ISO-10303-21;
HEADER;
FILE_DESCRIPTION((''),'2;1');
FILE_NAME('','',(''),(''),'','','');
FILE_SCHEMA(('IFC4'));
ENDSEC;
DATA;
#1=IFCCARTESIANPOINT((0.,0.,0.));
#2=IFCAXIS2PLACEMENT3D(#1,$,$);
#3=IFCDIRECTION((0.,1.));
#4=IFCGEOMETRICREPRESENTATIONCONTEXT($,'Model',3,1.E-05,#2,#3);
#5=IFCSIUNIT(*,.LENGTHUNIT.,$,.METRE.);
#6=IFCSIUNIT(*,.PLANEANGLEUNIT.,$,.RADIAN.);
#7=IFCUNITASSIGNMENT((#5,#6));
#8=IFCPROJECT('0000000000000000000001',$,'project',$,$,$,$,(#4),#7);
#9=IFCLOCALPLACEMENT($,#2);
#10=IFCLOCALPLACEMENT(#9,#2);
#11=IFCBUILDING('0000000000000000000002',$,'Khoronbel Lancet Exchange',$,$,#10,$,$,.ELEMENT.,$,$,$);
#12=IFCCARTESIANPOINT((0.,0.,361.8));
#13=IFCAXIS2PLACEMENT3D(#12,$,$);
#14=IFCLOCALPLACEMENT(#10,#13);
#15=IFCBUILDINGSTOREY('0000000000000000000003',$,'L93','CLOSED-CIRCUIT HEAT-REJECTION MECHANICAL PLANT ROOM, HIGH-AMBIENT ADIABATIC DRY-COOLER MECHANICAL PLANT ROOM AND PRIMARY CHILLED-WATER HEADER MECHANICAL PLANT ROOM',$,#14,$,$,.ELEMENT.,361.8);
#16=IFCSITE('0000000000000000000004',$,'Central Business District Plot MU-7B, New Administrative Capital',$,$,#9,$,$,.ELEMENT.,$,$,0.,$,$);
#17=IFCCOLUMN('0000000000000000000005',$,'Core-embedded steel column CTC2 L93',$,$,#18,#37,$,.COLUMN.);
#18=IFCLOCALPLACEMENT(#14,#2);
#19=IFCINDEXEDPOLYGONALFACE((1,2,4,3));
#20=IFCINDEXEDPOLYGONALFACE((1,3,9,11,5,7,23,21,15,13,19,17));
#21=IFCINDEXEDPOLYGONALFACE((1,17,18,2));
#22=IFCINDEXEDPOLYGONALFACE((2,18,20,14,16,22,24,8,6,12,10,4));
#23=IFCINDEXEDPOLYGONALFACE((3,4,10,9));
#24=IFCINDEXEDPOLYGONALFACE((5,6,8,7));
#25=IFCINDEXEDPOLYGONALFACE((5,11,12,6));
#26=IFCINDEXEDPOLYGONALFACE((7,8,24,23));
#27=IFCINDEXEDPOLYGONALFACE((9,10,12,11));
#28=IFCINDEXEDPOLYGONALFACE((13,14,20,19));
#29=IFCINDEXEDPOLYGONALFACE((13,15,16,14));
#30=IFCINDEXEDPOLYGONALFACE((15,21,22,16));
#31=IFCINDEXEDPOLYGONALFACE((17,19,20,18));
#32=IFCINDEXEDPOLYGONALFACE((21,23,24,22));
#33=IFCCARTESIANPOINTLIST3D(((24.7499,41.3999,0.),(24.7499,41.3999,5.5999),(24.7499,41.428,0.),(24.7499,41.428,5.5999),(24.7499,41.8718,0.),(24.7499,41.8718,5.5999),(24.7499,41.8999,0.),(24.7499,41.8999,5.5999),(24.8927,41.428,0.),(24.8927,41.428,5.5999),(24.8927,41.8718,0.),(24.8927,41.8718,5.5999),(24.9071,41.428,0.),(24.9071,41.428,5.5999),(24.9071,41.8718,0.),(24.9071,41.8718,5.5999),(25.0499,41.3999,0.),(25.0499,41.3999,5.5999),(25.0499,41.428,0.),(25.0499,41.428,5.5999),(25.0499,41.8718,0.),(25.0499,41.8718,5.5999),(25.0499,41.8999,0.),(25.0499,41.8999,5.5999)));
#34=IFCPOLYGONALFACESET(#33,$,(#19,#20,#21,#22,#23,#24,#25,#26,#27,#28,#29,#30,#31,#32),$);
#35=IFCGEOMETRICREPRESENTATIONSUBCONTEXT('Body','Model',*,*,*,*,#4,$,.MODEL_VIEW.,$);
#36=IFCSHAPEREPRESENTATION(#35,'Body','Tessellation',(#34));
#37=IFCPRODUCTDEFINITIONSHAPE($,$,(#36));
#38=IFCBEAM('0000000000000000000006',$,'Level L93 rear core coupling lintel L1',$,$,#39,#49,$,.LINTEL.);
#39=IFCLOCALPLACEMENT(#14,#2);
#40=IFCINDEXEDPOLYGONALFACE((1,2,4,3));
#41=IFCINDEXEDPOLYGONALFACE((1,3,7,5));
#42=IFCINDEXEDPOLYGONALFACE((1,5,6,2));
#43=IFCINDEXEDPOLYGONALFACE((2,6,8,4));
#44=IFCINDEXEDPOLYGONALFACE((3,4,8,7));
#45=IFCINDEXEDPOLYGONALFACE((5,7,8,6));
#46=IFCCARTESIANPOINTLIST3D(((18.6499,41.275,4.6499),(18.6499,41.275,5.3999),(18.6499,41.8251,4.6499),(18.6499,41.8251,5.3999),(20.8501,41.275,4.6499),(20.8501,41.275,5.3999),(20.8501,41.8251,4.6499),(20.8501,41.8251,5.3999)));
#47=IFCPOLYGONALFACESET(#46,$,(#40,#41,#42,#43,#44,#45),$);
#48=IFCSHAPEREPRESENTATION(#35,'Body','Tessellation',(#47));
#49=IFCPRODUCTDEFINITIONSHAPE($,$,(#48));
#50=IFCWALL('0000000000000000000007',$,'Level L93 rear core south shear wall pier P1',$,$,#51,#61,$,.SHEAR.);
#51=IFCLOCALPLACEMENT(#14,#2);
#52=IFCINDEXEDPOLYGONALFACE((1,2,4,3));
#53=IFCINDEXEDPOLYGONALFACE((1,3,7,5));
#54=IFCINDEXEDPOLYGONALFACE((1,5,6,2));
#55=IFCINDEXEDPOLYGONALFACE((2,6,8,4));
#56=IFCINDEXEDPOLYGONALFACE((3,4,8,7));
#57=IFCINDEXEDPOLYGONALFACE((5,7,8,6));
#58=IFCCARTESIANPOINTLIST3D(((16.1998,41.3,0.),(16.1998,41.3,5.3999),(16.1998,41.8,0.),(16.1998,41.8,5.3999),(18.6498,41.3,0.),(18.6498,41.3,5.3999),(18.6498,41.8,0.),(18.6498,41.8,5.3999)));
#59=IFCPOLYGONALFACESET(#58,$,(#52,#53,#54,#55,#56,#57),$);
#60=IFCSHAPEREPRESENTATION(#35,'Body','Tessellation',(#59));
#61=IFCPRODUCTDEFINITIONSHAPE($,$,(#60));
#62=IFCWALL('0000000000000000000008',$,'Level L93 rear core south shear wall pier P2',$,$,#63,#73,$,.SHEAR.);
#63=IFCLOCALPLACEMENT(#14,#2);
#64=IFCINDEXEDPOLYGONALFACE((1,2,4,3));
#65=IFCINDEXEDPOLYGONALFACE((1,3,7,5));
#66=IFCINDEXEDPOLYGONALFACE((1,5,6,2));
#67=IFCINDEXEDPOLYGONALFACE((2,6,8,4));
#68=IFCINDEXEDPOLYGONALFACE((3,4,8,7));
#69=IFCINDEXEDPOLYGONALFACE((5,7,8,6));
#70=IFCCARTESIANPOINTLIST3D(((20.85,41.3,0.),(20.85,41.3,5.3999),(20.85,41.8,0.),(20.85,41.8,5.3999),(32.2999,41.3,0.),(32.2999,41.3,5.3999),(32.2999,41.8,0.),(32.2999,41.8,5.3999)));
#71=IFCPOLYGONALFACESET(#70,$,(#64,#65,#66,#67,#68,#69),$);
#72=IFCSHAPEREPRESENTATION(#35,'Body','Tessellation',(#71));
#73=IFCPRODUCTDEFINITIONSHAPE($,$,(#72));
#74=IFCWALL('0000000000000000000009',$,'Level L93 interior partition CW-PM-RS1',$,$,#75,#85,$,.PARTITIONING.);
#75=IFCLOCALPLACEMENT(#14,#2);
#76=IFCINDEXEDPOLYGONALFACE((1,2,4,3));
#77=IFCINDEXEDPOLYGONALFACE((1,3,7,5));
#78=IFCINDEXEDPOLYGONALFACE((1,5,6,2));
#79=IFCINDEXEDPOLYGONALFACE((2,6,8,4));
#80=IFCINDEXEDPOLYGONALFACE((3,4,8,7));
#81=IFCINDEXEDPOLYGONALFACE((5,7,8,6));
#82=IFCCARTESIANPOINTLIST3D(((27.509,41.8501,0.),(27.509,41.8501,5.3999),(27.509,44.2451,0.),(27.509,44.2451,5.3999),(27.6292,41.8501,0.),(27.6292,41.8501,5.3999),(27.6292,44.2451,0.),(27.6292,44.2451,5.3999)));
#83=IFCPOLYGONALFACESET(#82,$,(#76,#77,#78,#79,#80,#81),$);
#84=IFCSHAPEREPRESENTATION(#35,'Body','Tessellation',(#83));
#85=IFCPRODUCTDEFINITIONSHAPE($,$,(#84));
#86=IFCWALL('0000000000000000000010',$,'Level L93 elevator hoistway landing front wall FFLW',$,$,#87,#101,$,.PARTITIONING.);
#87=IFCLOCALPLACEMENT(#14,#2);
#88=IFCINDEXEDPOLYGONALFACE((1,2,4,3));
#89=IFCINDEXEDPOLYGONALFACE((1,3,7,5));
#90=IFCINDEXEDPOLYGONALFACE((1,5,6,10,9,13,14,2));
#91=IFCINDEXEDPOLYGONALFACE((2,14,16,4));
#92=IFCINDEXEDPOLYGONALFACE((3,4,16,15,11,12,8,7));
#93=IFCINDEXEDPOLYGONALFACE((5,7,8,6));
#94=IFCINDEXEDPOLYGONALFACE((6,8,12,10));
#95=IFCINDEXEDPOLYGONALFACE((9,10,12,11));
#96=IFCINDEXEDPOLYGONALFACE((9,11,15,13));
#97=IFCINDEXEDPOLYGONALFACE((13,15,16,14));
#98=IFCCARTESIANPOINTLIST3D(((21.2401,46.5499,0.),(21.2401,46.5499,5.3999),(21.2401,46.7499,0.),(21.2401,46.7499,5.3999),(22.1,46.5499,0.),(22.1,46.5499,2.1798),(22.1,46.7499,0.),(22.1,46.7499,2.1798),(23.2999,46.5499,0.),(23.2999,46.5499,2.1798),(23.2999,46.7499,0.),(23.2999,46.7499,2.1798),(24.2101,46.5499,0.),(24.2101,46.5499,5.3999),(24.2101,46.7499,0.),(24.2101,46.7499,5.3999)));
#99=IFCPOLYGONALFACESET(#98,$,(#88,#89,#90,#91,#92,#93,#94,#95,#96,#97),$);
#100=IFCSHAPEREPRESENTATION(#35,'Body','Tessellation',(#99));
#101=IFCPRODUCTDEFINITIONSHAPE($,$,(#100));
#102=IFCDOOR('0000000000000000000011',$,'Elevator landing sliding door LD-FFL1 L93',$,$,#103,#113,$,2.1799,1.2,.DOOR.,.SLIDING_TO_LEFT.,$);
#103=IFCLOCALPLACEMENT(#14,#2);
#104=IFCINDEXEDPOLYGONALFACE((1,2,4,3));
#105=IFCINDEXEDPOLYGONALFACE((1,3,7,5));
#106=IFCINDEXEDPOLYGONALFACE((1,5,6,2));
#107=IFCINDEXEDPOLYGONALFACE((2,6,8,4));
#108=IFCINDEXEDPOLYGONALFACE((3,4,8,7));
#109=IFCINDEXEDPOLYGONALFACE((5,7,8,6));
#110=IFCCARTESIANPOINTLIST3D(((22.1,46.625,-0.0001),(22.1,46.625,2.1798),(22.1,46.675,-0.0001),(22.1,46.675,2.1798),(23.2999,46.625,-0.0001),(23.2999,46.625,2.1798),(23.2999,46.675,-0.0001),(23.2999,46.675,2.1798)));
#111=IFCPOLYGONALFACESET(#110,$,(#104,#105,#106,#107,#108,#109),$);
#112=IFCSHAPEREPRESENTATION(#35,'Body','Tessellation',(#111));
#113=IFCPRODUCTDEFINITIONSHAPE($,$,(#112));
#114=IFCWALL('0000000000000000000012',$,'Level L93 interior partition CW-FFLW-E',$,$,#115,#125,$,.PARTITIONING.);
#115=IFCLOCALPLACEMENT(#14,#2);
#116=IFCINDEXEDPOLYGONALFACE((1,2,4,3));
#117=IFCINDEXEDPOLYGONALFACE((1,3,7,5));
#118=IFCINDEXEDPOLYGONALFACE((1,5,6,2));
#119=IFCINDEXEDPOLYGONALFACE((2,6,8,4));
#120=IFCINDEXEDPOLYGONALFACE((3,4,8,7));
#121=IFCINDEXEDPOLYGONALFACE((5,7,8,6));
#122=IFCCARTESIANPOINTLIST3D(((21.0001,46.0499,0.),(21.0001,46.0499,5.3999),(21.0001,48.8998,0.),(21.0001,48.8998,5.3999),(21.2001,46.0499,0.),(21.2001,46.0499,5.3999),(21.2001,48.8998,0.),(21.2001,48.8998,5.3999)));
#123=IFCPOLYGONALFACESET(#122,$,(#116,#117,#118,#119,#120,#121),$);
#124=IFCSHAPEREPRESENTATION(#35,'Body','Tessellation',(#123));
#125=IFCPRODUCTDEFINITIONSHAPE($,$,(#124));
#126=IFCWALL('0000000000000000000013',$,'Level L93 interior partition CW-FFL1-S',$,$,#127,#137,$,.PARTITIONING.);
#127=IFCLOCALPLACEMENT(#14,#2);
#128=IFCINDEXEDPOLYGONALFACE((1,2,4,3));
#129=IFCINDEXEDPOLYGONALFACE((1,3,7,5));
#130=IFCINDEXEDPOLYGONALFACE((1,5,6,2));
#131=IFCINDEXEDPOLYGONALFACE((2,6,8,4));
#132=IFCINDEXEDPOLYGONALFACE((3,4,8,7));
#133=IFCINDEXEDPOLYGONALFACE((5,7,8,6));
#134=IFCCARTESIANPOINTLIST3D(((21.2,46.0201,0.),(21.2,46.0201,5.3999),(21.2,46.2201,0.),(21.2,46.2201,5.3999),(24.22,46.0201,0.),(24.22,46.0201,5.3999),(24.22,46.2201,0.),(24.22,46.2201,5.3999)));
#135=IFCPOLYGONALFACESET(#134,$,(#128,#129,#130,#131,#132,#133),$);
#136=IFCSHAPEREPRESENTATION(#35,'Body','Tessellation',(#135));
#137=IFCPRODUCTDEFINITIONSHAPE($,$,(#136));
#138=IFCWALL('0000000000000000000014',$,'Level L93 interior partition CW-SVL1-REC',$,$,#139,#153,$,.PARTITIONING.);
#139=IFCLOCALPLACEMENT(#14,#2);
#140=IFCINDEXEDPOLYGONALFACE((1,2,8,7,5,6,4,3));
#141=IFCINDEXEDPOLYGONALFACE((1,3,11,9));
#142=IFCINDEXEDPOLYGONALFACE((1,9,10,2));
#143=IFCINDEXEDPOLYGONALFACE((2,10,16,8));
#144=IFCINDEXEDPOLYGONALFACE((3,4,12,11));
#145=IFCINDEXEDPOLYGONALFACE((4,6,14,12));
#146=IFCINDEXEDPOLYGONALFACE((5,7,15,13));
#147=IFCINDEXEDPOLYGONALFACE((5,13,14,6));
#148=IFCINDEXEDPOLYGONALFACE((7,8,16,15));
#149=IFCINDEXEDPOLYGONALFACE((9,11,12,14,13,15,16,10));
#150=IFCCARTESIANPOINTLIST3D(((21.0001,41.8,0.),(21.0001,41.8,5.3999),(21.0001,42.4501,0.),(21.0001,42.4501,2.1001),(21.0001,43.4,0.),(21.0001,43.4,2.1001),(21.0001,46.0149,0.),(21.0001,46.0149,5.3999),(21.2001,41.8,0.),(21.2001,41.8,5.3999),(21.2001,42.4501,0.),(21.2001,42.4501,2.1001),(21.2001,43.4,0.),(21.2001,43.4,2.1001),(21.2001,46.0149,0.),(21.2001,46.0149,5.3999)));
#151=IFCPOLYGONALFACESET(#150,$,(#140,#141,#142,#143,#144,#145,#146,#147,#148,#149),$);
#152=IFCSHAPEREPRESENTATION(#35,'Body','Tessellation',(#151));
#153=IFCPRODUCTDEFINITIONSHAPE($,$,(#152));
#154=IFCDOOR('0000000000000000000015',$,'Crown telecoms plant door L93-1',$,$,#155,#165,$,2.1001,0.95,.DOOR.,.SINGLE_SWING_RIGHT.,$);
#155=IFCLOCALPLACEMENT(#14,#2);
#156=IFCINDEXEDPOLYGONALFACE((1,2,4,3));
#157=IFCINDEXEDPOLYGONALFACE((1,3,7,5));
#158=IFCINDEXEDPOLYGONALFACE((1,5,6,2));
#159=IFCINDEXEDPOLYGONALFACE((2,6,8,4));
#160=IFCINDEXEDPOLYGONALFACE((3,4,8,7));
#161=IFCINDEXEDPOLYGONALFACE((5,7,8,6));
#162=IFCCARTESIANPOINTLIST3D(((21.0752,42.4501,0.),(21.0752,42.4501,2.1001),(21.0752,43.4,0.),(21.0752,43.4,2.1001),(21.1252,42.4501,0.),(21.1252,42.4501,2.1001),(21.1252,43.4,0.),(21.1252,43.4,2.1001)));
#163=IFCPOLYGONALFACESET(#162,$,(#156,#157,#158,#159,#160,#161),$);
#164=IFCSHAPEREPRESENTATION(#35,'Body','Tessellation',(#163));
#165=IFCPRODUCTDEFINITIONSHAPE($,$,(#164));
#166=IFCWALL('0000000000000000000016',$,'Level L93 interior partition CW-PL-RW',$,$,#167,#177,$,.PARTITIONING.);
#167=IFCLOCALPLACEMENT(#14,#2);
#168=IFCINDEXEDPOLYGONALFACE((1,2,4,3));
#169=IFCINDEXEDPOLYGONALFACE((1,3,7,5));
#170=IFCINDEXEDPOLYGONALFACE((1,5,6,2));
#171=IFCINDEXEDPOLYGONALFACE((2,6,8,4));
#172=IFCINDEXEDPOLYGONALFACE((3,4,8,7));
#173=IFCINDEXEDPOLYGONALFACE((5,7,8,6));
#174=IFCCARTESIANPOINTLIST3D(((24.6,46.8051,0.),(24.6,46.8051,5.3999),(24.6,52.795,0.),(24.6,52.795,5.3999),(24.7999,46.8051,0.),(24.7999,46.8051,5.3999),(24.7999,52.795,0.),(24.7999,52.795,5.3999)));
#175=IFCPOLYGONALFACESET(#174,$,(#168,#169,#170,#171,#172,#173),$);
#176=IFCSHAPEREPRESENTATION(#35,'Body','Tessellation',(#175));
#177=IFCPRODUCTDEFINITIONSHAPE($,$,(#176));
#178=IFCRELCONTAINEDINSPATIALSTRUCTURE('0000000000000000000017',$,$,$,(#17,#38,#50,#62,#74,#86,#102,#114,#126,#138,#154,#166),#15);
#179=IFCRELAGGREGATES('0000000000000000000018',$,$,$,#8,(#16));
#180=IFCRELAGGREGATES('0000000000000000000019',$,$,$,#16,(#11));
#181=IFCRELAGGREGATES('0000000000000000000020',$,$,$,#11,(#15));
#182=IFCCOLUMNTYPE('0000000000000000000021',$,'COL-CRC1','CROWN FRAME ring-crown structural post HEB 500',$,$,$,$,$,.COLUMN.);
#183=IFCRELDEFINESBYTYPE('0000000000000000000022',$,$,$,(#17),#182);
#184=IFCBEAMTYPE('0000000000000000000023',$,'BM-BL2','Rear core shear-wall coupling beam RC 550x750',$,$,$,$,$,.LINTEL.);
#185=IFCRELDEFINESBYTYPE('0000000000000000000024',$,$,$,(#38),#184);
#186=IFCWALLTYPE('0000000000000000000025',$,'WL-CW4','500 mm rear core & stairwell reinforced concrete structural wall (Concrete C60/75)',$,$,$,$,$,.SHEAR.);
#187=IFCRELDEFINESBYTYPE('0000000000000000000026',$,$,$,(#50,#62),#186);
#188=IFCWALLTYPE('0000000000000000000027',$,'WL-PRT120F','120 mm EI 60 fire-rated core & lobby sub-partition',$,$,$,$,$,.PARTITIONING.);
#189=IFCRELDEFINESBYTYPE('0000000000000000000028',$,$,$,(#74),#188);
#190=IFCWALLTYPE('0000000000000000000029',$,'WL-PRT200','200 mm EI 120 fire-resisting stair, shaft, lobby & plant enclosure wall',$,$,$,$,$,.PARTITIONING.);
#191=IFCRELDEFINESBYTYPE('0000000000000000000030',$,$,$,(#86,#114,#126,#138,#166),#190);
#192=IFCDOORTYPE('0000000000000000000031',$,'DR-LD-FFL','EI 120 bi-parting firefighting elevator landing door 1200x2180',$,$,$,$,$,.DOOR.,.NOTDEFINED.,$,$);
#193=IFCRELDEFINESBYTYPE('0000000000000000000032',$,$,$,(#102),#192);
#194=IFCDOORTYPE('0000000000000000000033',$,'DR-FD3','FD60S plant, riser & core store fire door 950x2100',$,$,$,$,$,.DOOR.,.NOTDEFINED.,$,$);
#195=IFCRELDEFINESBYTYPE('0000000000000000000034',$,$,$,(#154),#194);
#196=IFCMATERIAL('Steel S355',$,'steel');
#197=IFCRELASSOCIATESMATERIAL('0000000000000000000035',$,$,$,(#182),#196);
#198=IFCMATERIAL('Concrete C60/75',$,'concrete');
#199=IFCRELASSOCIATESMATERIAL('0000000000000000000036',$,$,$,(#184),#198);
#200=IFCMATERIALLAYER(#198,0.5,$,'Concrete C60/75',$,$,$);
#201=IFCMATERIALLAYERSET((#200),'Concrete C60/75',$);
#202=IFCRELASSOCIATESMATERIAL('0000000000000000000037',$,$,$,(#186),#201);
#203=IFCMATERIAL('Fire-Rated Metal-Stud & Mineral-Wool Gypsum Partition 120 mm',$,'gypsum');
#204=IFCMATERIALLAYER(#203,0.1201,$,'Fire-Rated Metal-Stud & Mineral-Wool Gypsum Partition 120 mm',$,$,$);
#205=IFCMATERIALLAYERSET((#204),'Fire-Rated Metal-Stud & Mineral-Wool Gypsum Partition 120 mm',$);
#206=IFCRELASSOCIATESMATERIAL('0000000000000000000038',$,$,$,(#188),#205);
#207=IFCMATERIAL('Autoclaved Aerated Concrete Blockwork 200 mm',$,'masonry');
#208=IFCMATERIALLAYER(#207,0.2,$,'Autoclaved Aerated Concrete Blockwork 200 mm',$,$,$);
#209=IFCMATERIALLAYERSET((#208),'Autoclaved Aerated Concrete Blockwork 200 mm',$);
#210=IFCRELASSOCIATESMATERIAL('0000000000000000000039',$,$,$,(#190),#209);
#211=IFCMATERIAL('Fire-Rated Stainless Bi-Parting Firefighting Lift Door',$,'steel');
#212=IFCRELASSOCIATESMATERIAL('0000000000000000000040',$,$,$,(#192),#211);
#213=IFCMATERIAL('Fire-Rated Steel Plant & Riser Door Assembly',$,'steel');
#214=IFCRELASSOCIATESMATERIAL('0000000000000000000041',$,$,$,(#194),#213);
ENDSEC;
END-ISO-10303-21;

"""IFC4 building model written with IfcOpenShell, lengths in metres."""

from ifc_helpers import new_model, si_unit, direction, frame, frame_2d, origin, origin_2d, place, context, subcontext, project, spatial, rectangle, i_section, extrude, material, layer, layer_set, material_profile, profile_set, type_object, element, fill, save


model = new_model("IFC4")

# Units and contexts
model_context = context("Model", 3, precision=1e-05, world=origin(), true_north=direction((0.0, 1.0)))
body_context = subcontext(model_context, "Body", "Model", "MODEL_VIEW")
ifc_project = project(units=[si_unit("LENGTHUNIT", "METRE"), si_unit("PLANEANGLEUNIT", "RADIAN")], contexts=[model_context])

# Site, building, storey
site_placement = place(None, origin())
site = spatial("IfcSite", under=ifc_project, at=site_placement, Name="Central Business District Plot MU-7B, New Administrative Capital", CompositionType="ELEMENT", RefElevation=0.0)
building_placement = place(site_placement, origin())
building = spatial("IfcBuilding", under=site, at=building_placement, Name="Khoronbel Lancet Exchange", CompositionType="ELEMENT")
storey_placement = place(building_placement, frame((0.0, 0.0, 361.8)))
storey = spatial("IfcBuildingStorey", under=building, at=storey_placement, Name="L93", Description="CLOSED-CIRCUIT HEAT-REJECTION MECHANICAL PLANT ROOM, HIGH-AMBIENT ADIABATIC DRY-COOLER MECHANICAL PLANT ROOM AND PRIMARY CHILLED-WATER HEADER MECHANICAL PLANT ROOM", CompositionType="ELEMENT", Elevation=361.8)

# Column
ifc_material_1 = material(Name="Steel S355", Category="steel")
ifc_material_profile_1 = material_profile(ifc_material_1, i_section(OverallWidth=0.3, OverallDepth=0.5, WebThickness=0.0144, FlangeThickness=0.0281, at=origin_2d()), Name="HEB 500")
ifc_profile_set_1 = profile_set([ifc_material_profile_1], Name="Steel S355")
column_type = type_object("IfcColumnType", Name="COL-CRC1", Description="CROWN FRAME ring-crown structural post HEB 500", PredefinedType="COLUMN", material=ifc_profile_set_1)
column_placement = place(storey_placement, frame((24.8999, 41.6499, 0.0), z_axis=(0.0, 0.0, 1.0), x_axis=(1.0, 0.0, 0.0)))
element("IfcColumn", 1, at=column_placement, inside=storey, type_object=column_type, Name="Core-embedded steel column CTC2 L93", PredefinedType="COLUMN", context=body_context, shape_type="SweptSolid", body=[
    extrude(i_section(OverallWidth=0.3, OverallDepth=0.5, WebThickness=0.0144, FlangeThickness=0.0281, at=origin_2d()), origin(), (0.0, 0.0, 1.0), 5.5999),
])

# Beam
ifc_material_2 = material(Name="Concrete C60/75", Category="concrete")
ifc_material_profile_2 = material_profile(ifc_material_2, rectangle(XDim=0.55, YDim=0.75, at=origin_2d()), Name="RC 550x750")
ifc_profile_set_2 = profile_set([ifc_material_profile_2], Name="Concrete C60/75")
beam_type = type_object("IfcBeamType", Name="BM-BL2", Description="Rear core shear-wall coupling beam RC 550x750", PredefinedType="LINTEL", material=ifc_profile_set_2)
beam_placement = place(storey_placement, frame((18.6499, 41.55, 5.0249), z_axis=(1.0, 0.0, 0.0), x_axis=(0.0, 1.0, 0.0)))
element("IfcBeam", 2, at=beam_placement, inside=storey, type_object=beam_type, Name="Level L93 rear core coupling lintel L1", PredefinedType="LINTEL", context=body_context, shape_type="SweptSolid", body=[
    extrude(rectangle(XDim=0.55, YDim=0.75, at=origin_2d()), origin(), (0.0, 0.0, 1.0), 2.2002),
])

# Walls
ifc_layer_1 = layer(ifc_material_2, 0.5, Name="Concrete C60/75")
ifc_layer_set_1 = layer_set([ifc_layer_1], Name="Concrete C60/75")
wall_type_1 = type_object("IfcWallType", Name="WL-CW4", Description="500 mm rear core & stairwell reinforced concrete structural wall (Concrete C60/75)", PredefinedType="SHEAR", material=ifc_layer_set_1)
wall_1_placement = place(storey_placement, frame((18.6499, 41.55, 0.0), z_axis=(0.0, 0.0, 1.0), x_axis=(-1.0, 0.0, 0.0)))
element("IfcWall", 3, at=wall_1_placement, inside=storey, type_object=wall_type_1, Name="Level L93 rear core south shear wall pier P1", PredefinedType="SHEAR", context=body_context, shape_type="SweptSolid", body=[
    extrude(rectangle(XDim=2.45, YDim=0.5, at=frame_2d((1.2251, 0.0))), origin(), (0.0, 0.0, 1.0), 5.3999),
])
wall_2_placement = place(storey_placement, frame((32.3, 41.55, 0.0), z_axis=(0.0, 0.0, 1.0), x_axis=(-1.0, 0.0, 0.0)))
element("IfcWall", 4, at=wall_2_placement, inside=storey, type_object=wall_type_1, Name="Level L93 rear core south shear wall pier P2", PredefinedType="SHEAR", context=body_context, shape_type="SweptSolid", body=[
    extrude(rectangle(XDim=11.45, YDim=0.5, at=frame_2d((5.7251, 0.0))), origin(), (0.0, 0.0, 1.0), 5.3999),
])
ifc_material_3 = material(Name="Fire-Rated Metal-Stud & Mineral-Wool Gypsum Partition 120 mm", Category="gypsum")
ifc_layer_2 = layer(ifc_material_3, 0.1201, Name="Fire-Rated Metal-Stud & Mineral-Wool Gypsum Partition 120 mm")
ifc_layer_set_2 = layer_set([ifc_layer_2], Name="Fire-Rated Metal-Stud & Mineral-Wool Gypsum Partition 120 mm")
wall_type_2 = type_object("IfcWallType", Name="WL-PRT120F", Description="120 mm EI 60 fire-rated core & lobby sub-partition", PredefinedType="PARTITIONING", material=ifc_layer_set_2)
wall_3_placement = place(storey_placement, frame((27.5691, 41.8501, 0.0), z_axis=(0.0, 0.0, 1.0), x_axis=(0.0, 1.0, 0.0)))
element("IfcWall", 5, at=wall_3_placement, inside=storey, type_object=wall_type_2, Name="Level L93 interior partition CW-PM-RS1", PredefinedType="PARTITIONING", context=body_context, shape_type="SweptSolid", body=[
    extrude(rectangle(XDim=2.395, YDim=0.1201, at=frame_2d((1.1975, 0.0))), origin(), (0.0, 0.0, 1.0), 5.3999),
])

# Wall, opening, door
ifc_material_4 = material(Name="Autoclaved Aerated Concrete Blockwork 200 mm", Category="masonry")
ifc_layer_3 = layer(ifc_material_4, 0.2, Name="Autoclaved Aerated Concrete Blockwork 200 mm")
ifc_layer_set_3 = layer_set([ifc_layer_3], Name="Autoclaved Aerated Concrete Blockwork 200 mm")
wall_type_3 = type_object("IfcWallType", Name="WL-PRT200", Description="200 mm EI 120 fire-resisting stair, shaft, lobby & plant enclosure wall", PredefinedType="PARTITIONING", material=ifc_layer_set_3)
wall_4_placement = place(storey_placement, frame((24.21, 46.6499, 0.0), z_axis=(0.0, 0.0, 1.0), x_axis=(-1.0, 0.0, 0.0)))
wall_4 = element("IfcWall", 6, at=wall_4_placement, inside=storey, type_object=wall_type_3, Name="Level L93 elevator hoistway landing front wall FFLW", PredefinedType="PARTITIONING", context=body_context, shape_type="SweptSolid", body=[
    extrude(rectangle(XDim=2.97, YDim=0.2, at=frame_2d((1.4849, 0.0))), origin(), (0.0, 0.0, 1.0), 5.3999),
])
opening_1_placement = place(wall_4_placement, frame((0.9099, 0.0, 0.0)))
opening_1 = element("IfcOpeningElement", 7, at=opening_1_placement, cuts=wall_4, PredefinedType="OPENING", context=body_context, shape_type="SweptSolid", body=[
    extrude(rectangle(XDim=1.2, YDim=2.1799, at=frame_2d((0.6001, 1.0898))), frame((0.0, 0.1099, 0.0), z_axis=(0.0, -1.0, 0.0), x_axis=(1.0, 0.0, 0.0)), (0.0, 0.0, 1.0), 0.22),
])
ifc_material_5 = material(Name="Fire-Rated Stainless Bi-Parting Firefighting Lift Door", Category="steel")
door_type_1 = type_object("IfcDoorType", Name="DR-LD-FFL", Description="EI 120 bi-parting firefighting elevator landing door 1200x2180", OperationType="NOTDEFINED", PredefinedType="DOOR", material=ifc_material_5)
door_1_placement = place(opening_1_placement, origin())
door_1 = element("IfcDoor", 8, at=door_1_placement, inside=storey, type_object=door_type_1, Name="Elevator landing sliding door LD-FFL1 L93", OperationType="SLIDING_TO_LEFT", OverallHeight=2.1799, OverallWidth=1.2, PredefinedType="DOOR", context=body_context, shape_type="SweptSolid", body=[
    extrude(rectangle(XDim=1.2, YDim=2.1799, at=frame_2d((0.6001, 1.0898))), frame((0.0, 0.0249, 0.0), z_axis=(0.0, -1.0, 0.0), x_axis=(1.0, 0.0, 0.0)), (0.0, 0.0, 1.0), 0.05),
])
fill(opening_1, door_1)

# Walls
wall_5_placement = place(storey_placement, frame((21.1001, 46.05, 0.0), z_axis=(0.0, 0.0, 1.0), x_axis=(0.0, 1.0, 0.0)))
element("IfcWall", 9, at=wall_5_placement, inside=storey, type_object=wall_type_3, Name="Level L93 interior partition CW-FFLW-E", PredefinedType="PARTITIONING", context=body_context, shape_type="SweptSolid", body=[
    extrude(rectangle(XDim=2.8499, YDim=0.2, at=frame_2d((1.4248, 0.0))), origin(), (0.0, 0.0, 1.0), 5.3999),
])
wall_6_placement = place(storey_placement, frame((21.2, 46.1201, 0.0), z_axis=(0.0, 0.0, 1.0), x_axis=(1.0, 0.0, 0.0)))
element("IfcWall", 10, at=wall_6_placement, inside=storey, type_object=wall_type_3, Name="Level L93 interior partition CW-FFL1-S", PredefinedType="PARTITIONING", context=body_context, shape_type="SweptSolid", body=[
    extrude(rectangle(XDim=3.02, YDim=0.2, at=frame_2d((1.51, 0.0))), origin(), (0.0, 0.0, 1.0), 5.3999),
])

# Wall, opening, door
wall_7_placement = place(storey_placement, frame((21.1001, 41.8, 0.0), z_axis=(0.0, 0.0, 1.0), x_axis=(0.0, 1.0, 0.0)))
wall_7 = element("IfcWall", 11, at=wall_7_placement, inside=storey, type_object=wall_type_3, Name="Level L93 interior partition CW-SVL1-REC", PredefinedType="PARTITIONING", context=body_context, shape_type="SweptSolid", body=[
    extrude(rectangle(XDim=4.2148, YDim=0.2, at=frame_2d((2.1074, 0.0))), origin(), (0.0, 0.0, 1.0), 5.3999),
])
opening_2_placement = place(wall_7_placement, frame((0.6499, 0.0, 0.0)))
opening_2 = element("IfcOpeningElement", 12, at=opening_2_placement, cuts=wall_7, PredefinedType="OPENING", context=body_context, shape_type="SweptSolid", body=[
    extrude(rectangle(XDim=0.95, YDim=2.1001, at=frame_2d((0.4751, 1.05))), frame((0.0, 0.1099, 0.0), z_axis=(0.0, -1.0, 0.0), x_axis=(1.0, 0.0, 0.0)), (0.0, 0.0, 1.0), 0.22),
])
ifc_material_6 = material(Name="Fire-Rated Steel Plant & Riser Door Assembly", Category="steel")
door_type_2 = type_object("IfcDoorType", Name="DR-FD3", Description="FD60S plant, riser & core store fire door 950x2100", OperationType="NOTDEFINED", PredefinedType="DOOR", material=ifc_material_6)
door_2_placement = place(opening_2_placement, origin())
door_2 = element("IfcDoor", 13, at=door_2_placement, inside=storey, type_object=door_type_2, Name="Crown telecoms plant door L93-1", OperationType="SINGLE_SWING_RIGHT", OverallHeight=2.1001, OverallWidth=0.95, PredefinedType="DOOR", context=body_context, shape_type="SweptSolid", body=[
    extrude(rectangle(XDim=0.95, YDim=2.1001, at=frame_2d((0.4751, 1.05))), frame((0.0, 0.0249, 0.0), z_axis=(0.0, -1.0, 0.0), x_axis=(1.0, 0.0, 0.0)), (0.0, 0.0, 1.0), 0.05),
])
fill(opening_2, door_2)

# Wall
wall_8_placement = place(storey_placement, frame((24.7, 46.8049, 0.0), z_axis=(0.0, 0.0, 1.0), x_axis=(0.0, 1.0, 0.0)))
element("IfcWall", 14, at=wall_8_placement, inside=storey, type_object=wall_type_3, Name="Level L93 interior partition CW-PL-RW", PredefinedType="PARTITIONING", context=body_context, shape_type="SweptSolid", body=[
    extrude(rectangle(XDim=5.99, YDim=0.2, at=frame_2d((2.9951, 0.0))), origin(), (0.0, 0.0, 1.0), 5.3999),
])

save(model, "model.ifc")
